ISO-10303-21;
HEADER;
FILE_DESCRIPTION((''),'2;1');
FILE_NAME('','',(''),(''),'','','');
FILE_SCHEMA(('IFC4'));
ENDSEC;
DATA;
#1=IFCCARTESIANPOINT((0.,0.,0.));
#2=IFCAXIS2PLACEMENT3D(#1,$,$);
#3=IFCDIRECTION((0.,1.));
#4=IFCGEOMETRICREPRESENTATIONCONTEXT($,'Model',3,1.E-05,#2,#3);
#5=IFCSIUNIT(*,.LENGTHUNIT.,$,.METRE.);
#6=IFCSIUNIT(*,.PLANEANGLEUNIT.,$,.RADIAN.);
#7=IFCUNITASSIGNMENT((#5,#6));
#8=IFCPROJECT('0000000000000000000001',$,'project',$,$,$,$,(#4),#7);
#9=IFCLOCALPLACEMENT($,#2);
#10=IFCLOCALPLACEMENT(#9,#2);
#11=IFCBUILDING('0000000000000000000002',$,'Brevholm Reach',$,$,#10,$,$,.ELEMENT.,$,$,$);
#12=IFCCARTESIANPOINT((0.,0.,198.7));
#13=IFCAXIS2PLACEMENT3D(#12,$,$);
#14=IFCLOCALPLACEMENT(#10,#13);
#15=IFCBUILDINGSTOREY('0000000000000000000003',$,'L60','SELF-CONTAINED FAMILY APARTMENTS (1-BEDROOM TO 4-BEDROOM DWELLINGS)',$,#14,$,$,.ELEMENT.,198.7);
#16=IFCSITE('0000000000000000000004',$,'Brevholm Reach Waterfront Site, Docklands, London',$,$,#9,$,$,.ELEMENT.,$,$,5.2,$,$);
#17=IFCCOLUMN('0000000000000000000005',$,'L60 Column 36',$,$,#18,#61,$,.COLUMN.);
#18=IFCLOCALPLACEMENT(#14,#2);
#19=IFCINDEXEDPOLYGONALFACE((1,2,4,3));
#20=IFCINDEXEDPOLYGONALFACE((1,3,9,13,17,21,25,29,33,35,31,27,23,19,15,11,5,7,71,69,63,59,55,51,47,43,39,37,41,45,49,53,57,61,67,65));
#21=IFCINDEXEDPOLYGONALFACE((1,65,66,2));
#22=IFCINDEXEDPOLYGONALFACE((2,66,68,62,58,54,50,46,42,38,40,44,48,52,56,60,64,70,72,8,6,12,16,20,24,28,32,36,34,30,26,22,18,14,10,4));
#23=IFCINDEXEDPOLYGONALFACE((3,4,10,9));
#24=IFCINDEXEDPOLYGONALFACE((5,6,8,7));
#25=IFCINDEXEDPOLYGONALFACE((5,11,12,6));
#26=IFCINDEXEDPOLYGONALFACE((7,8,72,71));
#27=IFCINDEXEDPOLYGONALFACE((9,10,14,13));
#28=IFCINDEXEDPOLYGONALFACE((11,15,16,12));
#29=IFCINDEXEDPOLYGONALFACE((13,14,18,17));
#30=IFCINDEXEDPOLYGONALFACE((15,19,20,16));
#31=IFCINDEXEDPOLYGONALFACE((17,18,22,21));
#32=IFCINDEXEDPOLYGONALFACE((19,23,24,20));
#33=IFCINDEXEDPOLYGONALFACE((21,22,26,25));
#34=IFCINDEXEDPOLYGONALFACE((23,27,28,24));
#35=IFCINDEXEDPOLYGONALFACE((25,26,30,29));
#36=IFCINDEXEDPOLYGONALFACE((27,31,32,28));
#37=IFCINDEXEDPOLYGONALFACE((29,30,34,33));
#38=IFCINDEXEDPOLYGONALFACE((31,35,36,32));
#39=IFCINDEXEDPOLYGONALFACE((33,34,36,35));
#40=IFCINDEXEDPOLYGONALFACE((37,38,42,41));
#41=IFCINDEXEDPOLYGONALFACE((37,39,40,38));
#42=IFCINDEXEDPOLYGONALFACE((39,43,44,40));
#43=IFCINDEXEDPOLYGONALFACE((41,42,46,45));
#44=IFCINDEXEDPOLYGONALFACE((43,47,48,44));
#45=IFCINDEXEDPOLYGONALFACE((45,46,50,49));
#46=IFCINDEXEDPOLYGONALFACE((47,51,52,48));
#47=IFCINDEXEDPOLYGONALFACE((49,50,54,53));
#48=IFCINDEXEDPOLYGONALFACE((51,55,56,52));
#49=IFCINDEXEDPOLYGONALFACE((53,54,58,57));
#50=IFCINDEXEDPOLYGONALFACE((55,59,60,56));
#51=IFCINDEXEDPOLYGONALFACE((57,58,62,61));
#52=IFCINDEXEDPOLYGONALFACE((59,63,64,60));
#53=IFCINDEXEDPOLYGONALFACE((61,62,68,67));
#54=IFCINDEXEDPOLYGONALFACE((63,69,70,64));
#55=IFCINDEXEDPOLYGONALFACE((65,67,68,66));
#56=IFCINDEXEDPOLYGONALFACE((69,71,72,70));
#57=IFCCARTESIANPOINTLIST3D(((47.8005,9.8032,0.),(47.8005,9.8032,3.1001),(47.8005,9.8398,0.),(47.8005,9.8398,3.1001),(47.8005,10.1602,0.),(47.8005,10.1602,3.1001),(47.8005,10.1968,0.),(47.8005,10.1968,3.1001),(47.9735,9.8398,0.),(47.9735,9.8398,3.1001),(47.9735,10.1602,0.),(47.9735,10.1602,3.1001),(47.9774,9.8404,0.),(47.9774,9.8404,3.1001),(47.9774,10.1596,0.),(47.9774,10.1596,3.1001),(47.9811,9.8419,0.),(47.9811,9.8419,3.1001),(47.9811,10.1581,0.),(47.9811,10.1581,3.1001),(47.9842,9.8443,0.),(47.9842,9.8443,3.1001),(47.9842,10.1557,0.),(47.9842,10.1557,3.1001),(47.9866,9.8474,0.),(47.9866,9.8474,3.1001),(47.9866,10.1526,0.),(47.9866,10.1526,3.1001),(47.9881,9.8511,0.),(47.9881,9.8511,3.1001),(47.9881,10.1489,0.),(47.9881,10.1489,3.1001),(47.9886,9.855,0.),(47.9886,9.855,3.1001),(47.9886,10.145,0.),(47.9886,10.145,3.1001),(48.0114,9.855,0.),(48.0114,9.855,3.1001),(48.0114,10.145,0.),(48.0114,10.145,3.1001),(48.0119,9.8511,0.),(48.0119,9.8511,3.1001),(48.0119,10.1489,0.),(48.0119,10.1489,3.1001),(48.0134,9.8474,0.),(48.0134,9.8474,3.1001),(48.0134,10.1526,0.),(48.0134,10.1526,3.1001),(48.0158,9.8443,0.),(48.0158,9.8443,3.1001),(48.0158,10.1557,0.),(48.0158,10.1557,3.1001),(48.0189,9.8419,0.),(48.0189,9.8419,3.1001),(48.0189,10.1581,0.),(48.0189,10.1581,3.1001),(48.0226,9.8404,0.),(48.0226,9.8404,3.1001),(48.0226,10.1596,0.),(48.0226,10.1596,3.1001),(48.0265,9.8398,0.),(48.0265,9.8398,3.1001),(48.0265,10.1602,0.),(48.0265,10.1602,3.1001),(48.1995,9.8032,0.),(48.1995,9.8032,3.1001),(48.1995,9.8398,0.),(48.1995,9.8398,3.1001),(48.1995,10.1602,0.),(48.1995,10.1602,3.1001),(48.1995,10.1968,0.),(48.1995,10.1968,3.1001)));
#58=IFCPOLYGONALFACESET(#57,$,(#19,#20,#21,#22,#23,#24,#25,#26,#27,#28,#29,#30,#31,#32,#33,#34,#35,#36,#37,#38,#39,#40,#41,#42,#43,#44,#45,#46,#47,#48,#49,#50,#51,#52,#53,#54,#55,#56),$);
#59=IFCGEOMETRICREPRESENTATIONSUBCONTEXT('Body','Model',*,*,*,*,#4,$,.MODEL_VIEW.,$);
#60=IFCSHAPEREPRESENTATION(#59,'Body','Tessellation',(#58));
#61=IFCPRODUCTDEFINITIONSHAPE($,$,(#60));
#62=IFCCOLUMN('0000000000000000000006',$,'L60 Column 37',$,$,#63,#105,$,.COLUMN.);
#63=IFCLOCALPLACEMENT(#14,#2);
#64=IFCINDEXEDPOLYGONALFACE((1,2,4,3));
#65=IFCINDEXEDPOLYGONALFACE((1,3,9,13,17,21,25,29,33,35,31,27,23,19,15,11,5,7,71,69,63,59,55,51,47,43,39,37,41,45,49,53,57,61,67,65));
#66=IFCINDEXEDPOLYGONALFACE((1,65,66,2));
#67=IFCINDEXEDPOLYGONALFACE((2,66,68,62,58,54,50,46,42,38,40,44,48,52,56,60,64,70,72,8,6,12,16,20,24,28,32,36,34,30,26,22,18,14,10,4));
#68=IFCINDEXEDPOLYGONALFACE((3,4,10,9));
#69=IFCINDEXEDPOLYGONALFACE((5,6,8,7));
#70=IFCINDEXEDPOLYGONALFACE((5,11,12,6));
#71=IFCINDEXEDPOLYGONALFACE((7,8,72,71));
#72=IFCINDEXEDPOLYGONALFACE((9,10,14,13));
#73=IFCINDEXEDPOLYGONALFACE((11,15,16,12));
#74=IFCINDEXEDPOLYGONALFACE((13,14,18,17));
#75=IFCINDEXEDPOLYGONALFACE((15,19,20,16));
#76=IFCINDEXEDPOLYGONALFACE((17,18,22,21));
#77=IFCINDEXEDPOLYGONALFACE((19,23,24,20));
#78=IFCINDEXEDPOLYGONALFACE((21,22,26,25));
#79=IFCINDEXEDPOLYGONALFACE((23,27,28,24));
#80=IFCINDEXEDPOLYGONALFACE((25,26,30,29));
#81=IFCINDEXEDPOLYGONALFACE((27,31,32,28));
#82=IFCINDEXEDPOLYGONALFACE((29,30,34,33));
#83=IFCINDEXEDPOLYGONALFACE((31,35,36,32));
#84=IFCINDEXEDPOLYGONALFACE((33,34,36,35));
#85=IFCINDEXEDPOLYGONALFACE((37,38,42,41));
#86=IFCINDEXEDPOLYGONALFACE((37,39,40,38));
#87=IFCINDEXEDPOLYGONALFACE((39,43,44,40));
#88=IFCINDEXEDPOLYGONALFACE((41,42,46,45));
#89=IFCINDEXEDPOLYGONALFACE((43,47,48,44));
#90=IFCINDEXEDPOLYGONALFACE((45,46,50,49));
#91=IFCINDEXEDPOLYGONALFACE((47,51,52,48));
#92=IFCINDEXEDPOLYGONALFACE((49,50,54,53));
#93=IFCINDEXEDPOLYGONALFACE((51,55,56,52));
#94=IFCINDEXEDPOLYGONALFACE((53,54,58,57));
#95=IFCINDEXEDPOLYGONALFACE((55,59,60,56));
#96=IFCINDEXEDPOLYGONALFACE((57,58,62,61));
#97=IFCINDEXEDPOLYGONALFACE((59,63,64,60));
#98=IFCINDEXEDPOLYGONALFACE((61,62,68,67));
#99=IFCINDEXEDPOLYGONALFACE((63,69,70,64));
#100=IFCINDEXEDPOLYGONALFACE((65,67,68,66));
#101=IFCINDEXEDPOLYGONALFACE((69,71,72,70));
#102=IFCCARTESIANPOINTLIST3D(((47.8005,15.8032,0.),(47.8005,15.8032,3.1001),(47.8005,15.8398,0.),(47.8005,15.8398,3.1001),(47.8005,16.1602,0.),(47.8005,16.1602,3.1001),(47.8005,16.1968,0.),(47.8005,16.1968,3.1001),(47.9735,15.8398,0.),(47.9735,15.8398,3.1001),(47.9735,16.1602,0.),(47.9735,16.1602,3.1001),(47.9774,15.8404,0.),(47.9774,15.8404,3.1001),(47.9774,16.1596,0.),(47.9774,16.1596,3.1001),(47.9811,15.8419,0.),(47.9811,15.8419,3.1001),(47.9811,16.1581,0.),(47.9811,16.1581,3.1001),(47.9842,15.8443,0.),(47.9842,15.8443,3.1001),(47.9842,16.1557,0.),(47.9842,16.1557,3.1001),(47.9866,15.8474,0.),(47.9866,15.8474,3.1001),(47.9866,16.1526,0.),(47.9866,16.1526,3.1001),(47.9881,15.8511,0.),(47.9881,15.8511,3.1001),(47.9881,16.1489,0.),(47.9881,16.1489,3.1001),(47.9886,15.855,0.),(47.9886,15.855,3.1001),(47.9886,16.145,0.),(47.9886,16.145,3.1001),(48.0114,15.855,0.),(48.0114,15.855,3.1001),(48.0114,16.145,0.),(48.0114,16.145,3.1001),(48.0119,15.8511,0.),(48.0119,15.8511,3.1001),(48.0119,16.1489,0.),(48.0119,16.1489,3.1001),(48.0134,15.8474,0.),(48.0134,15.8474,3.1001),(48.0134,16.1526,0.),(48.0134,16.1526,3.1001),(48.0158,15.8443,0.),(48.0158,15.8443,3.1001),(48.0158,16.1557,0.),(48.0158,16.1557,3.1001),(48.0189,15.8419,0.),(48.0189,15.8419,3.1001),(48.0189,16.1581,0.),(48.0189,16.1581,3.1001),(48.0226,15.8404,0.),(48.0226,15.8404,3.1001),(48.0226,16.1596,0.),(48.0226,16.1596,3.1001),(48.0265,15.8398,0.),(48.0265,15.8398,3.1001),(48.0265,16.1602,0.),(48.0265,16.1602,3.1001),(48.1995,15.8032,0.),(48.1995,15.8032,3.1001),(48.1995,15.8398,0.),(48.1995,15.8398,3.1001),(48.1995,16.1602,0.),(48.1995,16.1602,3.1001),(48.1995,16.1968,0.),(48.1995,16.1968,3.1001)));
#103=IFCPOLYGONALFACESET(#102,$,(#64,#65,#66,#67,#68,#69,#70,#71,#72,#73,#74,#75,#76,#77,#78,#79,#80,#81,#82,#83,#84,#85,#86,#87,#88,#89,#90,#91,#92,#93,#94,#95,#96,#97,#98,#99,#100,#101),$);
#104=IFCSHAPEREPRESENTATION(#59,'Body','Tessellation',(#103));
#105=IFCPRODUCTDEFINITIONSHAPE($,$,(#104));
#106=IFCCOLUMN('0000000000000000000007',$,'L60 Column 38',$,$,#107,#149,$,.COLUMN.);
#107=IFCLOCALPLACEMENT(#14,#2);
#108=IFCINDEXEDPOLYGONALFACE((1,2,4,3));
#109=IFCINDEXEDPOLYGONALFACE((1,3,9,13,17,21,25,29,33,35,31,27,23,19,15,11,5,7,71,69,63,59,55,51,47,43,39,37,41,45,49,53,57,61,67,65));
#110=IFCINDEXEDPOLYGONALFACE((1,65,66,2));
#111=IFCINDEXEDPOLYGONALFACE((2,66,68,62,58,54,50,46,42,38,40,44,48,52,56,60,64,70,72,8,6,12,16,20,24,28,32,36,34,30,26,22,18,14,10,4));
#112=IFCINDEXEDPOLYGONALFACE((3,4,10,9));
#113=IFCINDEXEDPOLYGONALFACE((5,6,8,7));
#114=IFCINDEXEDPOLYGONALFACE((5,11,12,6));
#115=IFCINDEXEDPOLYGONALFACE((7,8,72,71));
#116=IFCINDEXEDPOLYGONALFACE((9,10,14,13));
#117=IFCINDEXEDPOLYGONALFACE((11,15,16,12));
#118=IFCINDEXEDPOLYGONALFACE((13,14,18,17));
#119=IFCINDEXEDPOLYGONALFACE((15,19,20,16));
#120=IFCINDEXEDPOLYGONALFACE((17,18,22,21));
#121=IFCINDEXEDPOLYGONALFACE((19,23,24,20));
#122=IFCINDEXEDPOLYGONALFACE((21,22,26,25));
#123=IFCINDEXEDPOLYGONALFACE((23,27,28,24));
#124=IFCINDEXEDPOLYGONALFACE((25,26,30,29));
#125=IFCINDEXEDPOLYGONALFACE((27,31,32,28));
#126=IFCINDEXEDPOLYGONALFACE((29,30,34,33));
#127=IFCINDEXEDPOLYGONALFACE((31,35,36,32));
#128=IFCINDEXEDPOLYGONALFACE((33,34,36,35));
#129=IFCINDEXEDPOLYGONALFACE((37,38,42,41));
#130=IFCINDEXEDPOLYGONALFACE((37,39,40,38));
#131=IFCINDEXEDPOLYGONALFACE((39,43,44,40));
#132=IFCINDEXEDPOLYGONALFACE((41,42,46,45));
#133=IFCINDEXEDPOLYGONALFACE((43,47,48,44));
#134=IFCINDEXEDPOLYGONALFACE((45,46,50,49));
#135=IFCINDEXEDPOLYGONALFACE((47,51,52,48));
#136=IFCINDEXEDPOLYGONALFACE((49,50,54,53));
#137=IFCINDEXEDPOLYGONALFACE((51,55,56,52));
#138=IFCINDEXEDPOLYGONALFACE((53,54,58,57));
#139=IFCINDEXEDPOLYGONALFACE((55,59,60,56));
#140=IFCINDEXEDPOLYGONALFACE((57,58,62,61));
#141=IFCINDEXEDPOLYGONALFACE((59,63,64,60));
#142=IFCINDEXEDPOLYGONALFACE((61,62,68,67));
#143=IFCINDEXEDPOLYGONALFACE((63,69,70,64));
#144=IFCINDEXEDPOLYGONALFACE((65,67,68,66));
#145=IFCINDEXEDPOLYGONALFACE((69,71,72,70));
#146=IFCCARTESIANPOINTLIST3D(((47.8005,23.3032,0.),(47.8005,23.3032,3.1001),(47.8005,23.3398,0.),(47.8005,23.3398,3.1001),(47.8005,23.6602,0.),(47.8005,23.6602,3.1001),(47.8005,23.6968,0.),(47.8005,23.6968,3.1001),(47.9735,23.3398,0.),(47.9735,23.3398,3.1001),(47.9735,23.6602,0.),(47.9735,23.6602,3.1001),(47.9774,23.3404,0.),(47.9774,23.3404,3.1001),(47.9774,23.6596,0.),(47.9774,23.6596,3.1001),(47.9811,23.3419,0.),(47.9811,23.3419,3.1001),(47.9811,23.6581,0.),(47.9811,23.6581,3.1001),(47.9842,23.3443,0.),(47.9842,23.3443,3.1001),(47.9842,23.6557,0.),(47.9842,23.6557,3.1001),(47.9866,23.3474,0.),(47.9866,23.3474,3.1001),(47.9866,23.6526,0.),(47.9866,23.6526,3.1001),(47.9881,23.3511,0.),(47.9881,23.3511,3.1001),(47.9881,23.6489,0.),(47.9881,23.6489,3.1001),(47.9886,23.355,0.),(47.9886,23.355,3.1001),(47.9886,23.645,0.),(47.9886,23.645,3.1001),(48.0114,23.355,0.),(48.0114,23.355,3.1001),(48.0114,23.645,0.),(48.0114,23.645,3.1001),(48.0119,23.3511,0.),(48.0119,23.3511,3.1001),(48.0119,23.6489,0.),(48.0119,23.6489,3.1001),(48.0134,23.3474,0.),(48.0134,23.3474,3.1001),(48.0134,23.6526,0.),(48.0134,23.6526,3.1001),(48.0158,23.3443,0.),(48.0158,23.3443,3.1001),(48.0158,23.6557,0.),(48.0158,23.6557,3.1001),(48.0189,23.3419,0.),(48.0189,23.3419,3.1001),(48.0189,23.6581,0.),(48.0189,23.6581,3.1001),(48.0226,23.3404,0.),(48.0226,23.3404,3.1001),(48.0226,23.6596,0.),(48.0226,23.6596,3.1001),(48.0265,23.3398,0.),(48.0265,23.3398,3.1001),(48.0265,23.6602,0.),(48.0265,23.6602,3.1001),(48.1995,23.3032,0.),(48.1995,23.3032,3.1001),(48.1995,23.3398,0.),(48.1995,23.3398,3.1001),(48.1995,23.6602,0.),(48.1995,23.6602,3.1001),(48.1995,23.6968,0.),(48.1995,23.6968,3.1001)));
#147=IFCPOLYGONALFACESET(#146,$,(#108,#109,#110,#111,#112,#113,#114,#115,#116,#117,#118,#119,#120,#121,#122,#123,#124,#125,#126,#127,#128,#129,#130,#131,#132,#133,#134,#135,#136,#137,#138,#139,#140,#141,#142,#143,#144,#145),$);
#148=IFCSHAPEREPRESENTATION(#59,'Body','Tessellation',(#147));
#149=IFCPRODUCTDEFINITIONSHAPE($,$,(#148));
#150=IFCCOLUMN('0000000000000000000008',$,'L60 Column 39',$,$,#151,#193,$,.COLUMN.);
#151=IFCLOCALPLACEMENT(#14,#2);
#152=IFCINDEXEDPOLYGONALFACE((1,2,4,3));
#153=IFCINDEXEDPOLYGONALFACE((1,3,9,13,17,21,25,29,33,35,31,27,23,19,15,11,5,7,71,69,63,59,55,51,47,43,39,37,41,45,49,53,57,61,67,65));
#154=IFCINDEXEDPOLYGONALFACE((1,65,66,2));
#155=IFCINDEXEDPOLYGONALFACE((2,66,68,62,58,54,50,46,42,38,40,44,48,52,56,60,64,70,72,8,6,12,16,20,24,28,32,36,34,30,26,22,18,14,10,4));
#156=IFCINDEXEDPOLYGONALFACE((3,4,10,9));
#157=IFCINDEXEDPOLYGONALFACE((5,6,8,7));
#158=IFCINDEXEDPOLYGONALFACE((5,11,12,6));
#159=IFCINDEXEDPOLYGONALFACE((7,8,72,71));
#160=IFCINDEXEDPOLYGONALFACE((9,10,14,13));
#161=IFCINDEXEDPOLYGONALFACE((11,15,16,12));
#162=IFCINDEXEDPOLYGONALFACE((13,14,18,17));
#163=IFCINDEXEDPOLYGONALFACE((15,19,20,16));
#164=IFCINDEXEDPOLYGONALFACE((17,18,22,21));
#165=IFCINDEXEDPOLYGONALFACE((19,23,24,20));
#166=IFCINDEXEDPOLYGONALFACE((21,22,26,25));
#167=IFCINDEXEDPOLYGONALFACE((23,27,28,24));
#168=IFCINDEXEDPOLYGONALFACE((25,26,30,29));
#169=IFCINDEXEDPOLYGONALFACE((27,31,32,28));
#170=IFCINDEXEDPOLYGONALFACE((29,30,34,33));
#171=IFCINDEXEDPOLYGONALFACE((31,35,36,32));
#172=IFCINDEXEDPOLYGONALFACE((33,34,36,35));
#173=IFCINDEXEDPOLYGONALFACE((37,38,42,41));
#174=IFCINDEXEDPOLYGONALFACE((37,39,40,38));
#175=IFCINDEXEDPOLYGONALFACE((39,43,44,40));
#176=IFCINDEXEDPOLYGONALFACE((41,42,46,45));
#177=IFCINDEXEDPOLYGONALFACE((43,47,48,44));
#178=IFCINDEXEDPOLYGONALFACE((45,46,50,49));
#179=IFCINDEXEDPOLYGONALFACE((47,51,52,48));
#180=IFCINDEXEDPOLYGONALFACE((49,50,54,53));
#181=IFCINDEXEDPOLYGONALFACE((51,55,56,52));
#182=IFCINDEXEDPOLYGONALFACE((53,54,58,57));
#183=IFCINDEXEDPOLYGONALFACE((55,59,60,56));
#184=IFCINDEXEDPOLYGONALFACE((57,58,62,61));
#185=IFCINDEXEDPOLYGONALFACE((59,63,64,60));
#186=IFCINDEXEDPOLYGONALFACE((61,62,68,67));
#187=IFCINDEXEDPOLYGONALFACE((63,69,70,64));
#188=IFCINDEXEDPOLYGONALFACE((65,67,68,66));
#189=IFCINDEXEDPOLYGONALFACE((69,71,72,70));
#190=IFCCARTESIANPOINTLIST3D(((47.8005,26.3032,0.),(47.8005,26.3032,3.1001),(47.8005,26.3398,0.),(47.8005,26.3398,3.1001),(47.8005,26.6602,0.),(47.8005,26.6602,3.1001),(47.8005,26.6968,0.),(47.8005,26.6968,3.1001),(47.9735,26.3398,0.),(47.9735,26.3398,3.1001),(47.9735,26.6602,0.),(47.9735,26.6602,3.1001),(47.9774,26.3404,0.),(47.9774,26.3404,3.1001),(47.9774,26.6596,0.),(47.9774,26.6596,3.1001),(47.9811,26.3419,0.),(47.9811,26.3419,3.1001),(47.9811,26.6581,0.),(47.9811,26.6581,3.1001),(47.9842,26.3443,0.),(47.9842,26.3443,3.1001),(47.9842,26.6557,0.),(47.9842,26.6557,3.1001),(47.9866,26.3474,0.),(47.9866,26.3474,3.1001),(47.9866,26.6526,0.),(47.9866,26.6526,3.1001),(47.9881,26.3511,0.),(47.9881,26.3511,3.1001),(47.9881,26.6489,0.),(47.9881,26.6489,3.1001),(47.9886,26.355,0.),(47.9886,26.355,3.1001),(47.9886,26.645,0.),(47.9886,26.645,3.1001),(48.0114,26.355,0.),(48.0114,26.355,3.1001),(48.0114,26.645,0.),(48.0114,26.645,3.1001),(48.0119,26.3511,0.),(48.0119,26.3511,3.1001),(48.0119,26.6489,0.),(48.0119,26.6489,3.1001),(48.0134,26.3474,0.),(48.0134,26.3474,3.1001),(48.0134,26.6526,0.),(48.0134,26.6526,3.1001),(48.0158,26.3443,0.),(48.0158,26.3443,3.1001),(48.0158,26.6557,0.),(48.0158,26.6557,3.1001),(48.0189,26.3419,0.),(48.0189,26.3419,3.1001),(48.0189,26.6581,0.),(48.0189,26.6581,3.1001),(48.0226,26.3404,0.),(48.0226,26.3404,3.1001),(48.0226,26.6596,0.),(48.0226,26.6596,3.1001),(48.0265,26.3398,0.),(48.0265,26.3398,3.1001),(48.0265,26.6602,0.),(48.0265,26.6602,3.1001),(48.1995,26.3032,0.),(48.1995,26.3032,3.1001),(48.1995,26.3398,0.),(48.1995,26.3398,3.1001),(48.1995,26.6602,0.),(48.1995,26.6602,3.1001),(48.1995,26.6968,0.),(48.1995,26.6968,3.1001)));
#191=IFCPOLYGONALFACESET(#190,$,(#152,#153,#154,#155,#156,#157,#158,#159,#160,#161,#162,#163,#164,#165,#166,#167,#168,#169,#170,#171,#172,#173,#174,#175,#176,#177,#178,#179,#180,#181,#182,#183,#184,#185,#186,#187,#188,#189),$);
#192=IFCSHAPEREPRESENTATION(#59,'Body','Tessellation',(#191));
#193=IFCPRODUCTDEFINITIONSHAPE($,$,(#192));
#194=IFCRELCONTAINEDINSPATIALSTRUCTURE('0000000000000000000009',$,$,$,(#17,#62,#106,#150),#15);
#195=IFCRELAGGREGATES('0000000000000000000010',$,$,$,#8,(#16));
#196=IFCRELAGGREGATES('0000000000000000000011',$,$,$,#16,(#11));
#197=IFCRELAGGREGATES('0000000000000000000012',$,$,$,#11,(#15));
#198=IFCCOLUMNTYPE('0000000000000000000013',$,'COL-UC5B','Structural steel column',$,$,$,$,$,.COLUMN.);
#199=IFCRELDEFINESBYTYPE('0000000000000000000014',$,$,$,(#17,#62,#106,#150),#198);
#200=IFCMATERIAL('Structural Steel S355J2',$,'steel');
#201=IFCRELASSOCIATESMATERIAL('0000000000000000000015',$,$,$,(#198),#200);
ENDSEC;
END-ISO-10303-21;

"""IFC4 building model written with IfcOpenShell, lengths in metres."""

from ifc_helpers import new_model, si_unit, direction, frame, origin, origin_2d, place, context, subcontext, project, spatial, i_section, extrude, material, material_profile, profile_set, type_object, element, save


model = new_model("IFC4")

# Units and contexts
model_context = context("Model", 3, precision=1e-05, world=origin(), true_north=direction((0.0, 1.0)))
body_context = subcontext(model_context, "Body", "Model", "MODEL_VIEW")
ifc_project = project(units=[si_unit("LENGTHUNIT", "METRE"), si_unit("PLANEANGLEUNIT", "RADIAN")], contexts=[model_context])

# Site, building, storey
site_placement = place(None, origin())
site = spatial("IfcSite", under=ifc_project, at=site_placement, Name="Brevholm Reach Waterfront Site, Docklands, London", CompositionType="ELEMENT", RefElevation=5.2)
building_placement = place(site_placement, origin())
building = spatial("IfcBuilding", under=site, at=building_placement, Name="Brevholm Reach", CompositionType="ELEMENT")
storey_placement = place(building_placement, frame((0.0, 0.0, 198.7)))
storey = spatial("IfcBuildingStorey", under=building, at=storey_placement, Name="L60", Description="SELF-CONTAINED FAMILY APARTMENTS (1-BEDROOM TO 4-BEDROOM DWELLINGS)", CompositionType="ELEMENT", Elevation=198.7)

# Columns
ifc_material_1 = material(Name="Structural Steel S355J2", Category="steel")
ifc_material_profile_1 = material_profile(ifc_material_1, i_section(OverallWidth=0.3989, OverallDepth=0.3936, WebThickness=0.0227, FlangeThickness=0.0366, FilletRadius=0.0151, at=origin_2d()), Name="UKC 356x406x287")
ifc_profile_set_1 = profile_set([ifc_material_profile_1], Name="Structural Steel S355J2")
column_type = type_object("IfcColumnType", Name="COL-UC5B", Description="Structural steel column", PredefinedType="COLUMN", material=ifc_profile_set_1)
for number, where, z_axis, x_axis, name in (
    (1, (48.0, 10.0, 0.0), (0.0, 0.0, 1.0), (1.0, 0.0, 0.0), "L60 Column 36"),
    (2, (48.0, 16.0, 0.0), (0.0, 0.0, 1.0), (1.0, 0.0, 0.0), "L60 Column 37"),
    (3, (48.0, 23.5, 0.0), (0.0, 0.0, 1.0), (1.0, 0.0, 0.0), "L60 Column 38"),
    (4, (48.0, 26.5, 0.0), (0.0, 0.0, 1.0), (1.0, 0.0, 0.0), "L60 Column 39"),
):
    element("IfcColumn", number, at=place(storey_placement, frame(where, z_axis=z_axis, x_axis=x_axis)), inside=storey, type_object=column_type, Name=name, PredefinedType="COLUMN", context=body_context, shape_type="SweptSolid", body=[
        extrude(i_section(OverallWidth=0.3989, OverallDepth=0.3936, WebThickness=0.0227, FlangeThickness=0.0366, FilletRadius=0.0151, at=origin_2d()), origin(), (0.0, 0.0, 1.0), 3.1001),
    ])

save(model, "model.ifc")
